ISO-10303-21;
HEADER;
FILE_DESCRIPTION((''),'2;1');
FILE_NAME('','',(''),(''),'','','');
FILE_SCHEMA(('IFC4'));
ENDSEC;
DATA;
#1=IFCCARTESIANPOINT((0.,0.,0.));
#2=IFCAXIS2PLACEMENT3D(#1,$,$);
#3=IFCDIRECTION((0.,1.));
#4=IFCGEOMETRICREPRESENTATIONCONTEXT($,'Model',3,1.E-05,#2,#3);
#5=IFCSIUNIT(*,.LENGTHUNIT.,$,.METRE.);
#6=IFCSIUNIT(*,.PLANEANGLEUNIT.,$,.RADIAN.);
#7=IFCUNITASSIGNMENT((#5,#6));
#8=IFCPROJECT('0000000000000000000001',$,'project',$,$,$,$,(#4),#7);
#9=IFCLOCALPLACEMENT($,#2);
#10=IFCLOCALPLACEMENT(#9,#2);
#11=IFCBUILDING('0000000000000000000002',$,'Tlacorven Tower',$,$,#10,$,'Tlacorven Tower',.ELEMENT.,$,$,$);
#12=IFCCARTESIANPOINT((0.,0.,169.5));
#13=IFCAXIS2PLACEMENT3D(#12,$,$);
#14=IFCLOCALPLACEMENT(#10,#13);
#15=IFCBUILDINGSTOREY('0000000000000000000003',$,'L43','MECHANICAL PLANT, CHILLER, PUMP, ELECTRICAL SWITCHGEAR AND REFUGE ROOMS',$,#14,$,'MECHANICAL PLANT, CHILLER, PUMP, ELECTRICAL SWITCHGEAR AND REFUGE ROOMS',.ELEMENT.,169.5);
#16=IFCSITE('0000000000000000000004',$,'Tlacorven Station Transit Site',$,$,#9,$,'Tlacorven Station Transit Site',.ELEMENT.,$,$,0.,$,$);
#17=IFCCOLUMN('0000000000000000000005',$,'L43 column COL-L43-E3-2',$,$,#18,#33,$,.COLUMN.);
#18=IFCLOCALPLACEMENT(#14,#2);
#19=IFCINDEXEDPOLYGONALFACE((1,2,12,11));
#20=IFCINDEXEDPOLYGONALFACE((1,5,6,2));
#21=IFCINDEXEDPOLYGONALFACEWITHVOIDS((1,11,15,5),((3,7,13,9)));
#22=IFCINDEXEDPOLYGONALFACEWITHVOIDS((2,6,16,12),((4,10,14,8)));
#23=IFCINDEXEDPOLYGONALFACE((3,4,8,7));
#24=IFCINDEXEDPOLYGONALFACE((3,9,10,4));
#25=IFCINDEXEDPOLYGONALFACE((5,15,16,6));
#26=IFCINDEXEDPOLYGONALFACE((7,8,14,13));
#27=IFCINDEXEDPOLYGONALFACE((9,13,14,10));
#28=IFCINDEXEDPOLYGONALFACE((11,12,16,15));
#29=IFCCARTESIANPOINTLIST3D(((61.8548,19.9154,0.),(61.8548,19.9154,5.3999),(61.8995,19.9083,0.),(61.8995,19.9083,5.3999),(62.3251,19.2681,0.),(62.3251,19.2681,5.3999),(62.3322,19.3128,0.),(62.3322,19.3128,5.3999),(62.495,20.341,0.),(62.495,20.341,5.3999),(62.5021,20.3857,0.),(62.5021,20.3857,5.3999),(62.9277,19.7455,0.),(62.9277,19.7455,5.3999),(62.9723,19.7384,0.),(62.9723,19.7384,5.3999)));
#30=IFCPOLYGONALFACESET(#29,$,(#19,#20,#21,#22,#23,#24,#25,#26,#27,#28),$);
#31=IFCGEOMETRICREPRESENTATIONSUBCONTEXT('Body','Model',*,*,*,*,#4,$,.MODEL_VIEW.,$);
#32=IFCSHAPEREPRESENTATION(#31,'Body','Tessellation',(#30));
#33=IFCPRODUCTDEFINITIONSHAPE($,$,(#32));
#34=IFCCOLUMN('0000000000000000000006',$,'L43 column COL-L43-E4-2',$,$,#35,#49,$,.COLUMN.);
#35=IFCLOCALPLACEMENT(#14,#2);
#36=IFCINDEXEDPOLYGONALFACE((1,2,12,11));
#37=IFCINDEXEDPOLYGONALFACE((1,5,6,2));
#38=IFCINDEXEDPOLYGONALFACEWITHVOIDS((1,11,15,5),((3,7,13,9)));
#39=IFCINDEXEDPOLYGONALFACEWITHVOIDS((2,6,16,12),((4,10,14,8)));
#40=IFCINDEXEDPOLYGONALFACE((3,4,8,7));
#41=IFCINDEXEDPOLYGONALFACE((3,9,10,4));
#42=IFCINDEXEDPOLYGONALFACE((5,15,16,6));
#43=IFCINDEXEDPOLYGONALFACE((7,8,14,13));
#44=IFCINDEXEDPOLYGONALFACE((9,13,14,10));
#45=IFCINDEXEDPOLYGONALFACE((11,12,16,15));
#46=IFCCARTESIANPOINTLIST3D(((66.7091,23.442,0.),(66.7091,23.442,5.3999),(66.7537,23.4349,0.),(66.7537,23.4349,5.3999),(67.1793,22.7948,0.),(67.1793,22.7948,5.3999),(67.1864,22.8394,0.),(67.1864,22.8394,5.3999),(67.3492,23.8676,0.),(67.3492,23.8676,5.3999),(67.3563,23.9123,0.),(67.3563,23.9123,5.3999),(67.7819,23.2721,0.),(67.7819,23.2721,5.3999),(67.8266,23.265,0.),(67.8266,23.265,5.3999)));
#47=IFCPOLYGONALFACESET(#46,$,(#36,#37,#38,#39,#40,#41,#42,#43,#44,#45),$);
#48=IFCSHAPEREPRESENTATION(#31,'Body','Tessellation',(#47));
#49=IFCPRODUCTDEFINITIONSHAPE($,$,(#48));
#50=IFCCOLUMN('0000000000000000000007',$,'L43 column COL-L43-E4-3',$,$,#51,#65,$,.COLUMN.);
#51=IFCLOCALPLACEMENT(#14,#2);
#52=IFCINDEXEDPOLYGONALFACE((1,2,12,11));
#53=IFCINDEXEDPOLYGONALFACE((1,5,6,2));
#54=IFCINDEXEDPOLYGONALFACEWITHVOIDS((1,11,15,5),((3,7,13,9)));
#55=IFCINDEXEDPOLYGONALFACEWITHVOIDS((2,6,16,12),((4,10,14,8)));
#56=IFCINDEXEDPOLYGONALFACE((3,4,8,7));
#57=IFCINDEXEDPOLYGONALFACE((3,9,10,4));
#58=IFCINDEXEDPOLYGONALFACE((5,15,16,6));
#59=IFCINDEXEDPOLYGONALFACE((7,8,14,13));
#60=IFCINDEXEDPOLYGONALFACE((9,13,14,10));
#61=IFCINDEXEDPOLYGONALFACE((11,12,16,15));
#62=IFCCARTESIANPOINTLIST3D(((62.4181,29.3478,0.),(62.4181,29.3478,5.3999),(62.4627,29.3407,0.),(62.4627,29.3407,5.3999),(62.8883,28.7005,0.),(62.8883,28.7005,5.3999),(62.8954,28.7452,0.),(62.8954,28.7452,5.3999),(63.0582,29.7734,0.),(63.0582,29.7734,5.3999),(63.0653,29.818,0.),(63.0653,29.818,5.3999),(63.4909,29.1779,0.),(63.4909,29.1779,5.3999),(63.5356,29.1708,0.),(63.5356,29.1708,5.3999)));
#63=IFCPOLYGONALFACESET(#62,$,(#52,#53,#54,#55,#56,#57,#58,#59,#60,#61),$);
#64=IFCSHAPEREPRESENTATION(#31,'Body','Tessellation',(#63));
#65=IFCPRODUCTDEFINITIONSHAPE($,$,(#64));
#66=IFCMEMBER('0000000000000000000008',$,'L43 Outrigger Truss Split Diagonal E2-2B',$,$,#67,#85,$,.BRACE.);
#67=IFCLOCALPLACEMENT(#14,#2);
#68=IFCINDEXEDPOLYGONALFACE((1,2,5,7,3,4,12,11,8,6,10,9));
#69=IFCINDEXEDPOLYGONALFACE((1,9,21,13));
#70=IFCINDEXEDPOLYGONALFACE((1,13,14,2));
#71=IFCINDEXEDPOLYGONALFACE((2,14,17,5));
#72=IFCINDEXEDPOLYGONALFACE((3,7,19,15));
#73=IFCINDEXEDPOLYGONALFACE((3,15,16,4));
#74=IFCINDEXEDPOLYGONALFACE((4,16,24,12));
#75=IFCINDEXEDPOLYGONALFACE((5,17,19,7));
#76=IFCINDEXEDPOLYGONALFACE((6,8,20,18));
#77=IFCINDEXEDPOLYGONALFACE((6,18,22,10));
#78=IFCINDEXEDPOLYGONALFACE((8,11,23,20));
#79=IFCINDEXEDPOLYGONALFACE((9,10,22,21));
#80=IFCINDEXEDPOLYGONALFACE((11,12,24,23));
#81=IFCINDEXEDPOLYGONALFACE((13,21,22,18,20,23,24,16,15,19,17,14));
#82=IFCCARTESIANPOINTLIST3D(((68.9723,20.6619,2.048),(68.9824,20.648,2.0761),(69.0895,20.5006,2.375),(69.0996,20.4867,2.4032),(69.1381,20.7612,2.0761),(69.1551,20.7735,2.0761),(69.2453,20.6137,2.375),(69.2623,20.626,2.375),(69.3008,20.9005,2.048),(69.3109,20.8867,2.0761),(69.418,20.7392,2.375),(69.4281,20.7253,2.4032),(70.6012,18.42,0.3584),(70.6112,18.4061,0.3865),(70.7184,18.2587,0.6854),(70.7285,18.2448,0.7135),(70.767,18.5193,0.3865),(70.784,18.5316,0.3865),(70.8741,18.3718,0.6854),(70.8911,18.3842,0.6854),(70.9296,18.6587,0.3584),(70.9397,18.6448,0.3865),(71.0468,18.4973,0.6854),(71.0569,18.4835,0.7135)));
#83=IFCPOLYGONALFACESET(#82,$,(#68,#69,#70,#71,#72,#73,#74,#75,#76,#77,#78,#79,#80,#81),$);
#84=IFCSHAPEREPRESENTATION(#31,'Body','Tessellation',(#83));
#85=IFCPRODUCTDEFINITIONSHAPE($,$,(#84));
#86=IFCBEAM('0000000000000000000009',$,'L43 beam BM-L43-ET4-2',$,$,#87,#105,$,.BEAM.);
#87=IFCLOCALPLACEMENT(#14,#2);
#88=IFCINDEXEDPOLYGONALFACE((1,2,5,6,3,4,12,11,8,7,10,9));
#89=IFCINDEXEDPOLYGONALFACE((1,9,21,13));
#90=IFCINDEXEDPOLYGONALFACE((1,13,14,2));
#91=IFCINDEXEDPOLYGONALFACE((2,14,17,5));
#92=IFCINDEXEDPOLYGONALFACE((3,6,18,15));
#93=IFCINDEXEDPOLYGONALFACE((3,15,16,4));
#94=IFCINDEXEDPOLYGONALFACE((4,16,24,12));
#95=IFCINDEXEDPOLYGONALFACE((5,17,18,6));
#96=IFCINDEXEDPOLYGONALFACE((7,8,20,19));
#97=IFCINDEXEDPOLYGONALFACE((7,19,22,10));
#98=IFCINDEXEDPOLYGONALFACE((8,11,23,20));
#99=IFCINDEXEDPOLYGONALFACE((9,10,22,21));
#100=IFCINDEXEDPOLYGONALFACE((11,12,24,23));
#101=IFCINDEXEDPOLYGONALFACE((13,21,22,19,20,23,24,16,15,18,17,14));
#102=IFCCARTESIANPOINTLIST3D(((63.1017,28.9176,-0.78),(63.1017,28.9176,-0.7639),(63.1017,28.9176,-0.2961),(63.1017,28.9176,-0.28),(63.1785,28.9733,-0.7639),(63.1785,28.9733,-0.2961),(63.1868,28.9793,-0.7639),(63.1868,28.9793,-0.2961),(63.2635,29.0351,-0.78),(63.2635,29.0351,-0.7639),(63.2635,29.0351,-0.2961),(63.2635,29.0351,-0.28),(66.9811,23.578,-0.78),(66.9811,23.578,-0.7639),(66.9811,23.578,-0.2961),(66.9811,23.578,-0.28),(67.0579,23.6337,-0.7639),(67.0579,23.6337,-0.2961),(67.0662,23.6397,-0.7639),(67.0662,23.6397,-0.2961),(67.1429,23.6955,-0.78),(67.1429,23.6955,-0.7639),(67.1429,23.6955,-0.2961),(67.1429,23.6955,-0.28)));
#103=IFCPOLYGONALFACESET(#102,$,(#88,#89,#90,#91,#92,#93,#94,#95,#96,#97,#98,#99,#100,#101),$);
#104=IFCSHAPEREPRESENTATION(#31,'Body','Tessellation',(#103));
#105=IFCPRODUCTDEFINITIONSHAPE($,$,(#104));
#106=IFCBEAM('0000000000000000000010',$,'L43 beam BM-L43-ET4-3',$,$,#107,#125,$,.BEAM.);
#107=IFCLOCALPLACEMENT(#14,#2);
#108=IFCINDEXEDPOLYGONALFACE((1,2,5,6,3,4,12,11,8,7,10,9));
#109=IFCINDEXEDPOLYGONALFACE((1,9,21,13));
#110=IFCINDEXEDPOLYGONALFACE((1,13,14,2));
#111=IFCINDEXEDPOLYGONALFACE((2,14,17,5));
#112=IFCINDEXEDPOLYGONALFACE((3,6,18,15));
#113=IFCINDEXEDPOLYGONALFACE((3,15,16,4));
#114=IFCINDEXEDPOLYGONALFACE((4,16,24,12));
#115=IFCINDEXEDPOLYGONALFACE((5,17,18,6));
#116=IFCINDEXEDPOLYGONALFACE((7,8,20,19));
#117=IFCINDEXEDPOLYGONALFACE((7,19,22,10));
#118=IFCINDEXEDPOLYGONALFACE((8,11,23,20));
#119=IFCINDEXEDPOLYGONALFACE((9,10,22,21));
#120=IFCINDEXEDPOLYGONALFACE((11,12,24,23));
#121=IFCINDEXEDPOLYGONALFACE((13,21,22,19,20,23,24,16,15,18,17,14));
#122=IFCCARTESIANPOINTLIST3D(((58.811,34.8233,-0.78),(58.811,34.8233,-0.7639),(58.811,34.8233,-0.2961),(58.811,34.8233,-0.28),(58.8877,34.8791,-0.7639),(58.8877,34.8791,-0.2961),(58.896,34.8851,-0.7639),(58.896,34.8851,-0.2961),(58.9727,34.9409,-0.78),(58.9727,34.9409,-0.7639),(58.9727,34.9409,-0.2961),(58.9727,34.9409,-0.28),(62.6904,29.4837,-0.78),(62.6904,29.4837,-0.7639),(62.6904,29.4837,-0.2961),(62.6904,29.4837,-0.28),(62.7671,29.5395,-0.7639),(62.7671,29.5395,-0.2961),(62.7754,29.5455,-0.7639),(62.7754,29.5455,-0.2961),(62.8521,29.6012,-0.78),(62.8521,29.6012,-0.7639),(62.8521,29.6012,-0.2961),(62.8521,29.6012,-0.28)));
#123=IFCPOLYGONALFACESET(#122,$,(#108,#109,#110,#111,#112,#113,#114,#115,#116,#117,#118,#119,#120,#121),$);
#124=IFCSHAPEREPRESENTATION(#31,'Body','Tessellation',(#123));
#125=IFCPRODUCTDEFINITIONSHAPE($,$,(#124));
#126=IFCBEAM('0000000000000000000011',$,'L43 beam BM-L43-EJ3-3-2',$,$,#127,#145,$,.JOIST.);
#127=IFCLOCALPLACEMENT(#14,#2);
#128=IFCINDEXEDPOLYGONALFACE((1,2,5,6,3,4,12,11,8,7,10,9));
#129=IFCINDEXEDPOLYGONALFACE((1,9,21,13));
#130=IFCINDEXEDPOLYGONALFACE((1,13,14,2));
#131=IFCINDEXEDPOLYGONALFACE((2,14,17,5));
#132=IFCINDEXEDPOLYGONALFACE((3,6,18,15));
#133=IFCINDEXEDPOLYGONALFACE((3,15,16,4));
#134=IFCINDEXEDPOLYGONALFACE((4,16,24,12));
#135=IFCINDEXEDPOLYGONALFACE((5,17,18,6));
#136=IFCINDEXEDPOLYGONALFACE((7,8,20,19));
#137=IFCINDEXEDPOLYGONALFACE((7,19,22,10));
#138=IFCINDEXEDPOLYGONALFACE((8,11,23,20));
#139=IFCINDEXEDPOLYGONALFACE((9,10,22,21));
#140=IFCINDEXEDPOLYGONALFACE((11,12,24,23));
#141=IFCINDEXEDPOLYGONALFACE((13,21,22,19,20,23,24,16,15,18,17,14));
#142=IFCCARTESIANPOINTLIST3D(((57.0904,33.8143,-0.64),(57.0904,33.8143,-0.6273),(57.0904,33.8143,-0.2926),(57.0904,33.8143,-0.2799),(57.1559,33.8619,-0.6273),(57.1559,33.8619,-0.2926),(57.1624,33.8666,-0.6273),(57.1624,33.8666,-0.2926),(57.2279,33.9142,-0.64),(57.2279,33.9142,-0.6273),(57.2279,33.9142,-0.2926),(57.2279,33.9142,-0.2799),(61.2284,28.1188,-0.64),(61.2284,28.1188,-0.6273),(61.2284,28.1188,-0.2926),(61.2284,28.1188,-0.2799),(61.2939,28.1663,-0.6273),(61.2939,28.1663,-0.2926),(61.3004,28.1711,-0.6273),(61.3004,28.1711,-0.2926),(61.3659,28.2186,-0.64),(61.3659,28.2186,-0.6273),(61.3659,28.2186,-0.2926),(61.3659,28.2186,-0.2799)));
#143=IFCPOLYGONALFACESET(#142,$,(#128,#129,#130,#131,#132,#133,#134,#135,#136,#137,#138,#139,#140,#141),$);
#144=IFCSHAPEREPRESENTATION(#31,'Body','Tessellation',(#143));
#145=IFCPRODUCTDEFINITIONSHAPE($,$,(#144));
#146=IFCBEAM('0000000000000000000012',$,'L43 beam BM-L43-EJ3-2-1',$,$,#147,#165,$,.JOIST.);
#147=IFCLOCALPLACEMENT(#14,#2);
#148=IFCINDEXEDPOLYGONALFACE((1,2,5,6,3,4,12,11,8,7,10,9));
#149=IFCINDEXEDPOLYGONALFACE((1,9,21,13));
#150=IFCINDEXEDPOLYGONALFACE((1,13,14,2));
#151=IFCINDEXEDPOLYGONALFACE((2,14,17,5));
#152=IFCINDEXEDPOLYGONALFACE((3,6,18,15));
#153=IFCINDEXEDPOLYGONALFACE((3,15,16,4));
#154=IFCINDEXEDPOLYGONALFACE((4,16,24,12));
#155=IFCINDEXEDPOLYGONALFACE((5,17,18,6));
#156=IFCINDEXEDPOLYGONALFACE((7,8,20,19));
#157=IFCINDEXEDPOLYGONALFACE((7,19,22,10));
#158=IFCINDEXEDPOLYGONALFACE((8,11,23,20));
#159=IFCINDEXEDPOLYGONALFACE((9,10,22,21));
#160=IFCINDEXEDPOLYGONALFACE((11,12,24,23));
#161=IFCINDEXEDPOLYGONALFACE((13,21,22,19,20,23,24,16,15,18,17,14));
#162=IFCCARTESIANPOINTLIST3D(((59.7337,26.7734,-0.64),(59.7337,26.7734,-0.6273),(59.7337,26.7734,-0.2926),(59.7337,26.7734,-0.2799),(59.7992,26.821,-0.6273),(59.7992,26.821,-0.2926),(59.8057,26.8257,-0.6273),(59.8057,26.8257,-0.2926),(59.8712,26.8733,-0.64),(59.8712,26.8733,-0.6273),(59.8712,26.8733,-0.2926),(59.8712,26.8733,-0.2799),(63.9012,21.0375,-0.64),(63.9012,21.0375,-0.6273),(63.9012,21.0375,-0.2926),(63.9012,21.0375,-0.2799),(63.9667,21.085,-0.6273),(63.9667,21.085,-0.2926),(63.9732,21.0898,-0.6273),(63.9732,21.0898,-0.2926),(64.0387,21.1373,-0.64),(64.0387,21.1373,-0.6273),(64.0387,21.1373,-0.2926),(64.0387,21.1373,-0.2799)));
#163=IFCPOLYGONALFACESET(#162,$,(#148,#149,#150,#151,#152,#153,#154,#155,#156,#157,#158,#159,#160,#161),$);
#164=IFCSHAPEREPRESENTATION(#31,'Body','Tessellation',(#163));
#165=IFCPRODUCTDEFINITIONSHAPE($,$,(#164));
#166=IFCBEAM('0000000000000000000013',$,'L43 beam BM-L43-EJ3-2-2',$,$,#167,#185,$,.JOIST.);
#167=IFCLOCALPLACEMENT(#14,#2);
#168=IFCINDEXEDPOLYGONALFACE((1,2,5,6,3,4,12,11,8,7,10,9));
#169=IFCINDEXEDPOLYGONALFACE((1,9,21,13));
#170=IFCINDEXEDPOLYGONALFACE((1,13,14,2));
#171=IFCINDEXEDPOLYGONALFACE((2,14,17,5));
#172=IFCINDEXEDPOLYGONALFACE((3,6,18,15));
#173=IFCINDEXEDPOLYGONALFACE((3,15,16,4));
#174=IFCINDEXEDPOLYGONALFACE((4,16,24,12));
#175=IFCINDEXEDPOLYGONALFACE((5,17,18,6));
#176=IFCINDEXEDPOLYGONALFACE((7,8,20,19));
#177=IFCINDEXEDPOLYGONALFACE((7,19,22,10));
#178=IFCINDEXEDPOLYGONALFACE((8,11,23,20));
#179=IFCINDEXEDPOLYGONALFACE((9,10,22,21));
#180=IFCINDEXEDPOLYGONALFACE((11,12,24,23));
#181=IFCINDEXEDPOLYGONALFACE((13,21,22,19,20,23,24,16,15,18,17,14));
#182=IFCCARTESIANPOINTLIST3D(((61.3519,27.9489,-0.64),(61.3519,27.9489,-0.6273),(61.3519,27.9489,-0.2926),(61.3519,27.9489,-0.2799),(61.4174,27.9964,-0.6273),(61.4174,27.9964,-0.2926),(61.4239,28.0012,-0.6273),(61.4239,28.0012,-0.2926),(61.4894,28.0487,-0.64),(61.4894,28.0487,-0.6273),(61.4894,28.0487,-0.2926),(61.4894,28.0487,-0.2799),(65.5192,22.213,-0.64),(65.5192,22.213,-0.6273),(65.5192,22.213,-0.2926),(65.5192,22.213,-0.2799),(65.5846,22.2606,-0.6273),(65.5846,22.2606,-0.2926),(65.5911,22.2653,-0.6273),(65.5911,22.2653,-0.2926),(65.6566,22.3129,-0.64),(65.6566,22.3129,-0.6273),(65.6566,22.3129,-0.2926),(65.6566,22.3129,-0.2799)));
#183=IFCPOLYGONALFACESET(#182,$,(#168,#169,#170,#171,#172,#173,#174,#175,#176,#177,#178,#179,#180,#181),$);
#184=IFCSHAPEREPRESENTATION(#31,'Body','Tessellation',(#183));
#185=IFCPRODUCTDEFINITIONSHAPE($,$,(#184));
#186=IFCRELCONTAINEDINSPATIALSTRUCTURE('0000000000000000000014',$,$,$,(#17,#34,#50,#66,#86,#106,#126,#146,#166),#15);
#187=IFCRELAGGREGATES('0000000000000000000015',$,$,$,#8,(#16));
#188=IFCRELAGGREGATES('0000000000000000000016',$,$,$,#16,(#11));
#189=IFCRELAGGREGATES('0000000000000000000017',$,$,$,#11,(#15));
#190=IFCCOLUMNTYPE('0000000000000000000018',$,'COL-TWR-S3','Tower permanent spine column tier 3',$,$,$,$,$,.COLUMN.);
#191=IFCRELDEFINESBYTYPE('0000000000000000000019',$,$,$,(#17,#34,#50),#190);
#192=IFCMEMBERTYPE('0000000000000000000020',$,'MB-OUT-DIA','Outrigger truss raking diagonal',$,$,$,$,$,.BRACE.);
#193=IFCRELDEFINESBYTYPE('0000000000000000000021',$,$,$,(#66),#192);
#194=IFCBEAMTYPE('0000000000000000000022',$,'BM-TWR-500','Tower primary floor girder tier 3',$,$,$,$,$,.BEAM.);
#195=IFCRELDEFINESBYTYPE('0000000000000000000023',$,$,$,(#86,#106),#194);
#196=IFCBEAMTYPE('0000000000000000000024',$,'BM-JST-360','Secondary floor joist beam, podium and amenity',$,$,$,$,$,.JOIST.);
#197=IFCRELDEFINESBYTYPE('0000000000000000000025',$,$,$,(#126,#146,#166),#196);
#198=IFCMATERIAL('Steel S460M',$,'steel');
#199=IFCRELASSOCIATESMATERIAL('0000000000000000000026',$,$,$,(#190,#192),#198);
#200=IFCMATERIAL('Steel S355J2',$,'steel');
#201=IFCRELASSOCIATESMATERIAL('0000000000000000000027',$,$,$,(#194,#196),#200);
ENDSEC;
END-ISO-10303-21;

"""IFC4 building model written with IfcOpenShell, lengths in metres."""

from ifc_helpers import new_model, si_unit, direction, frame, origin, origin_2d, place, context, subcontext, project, spatial, hollow_rectangle, i_section, extrude, source, transform, mapped, material, material_profile, profile_set, type_object, element, save


model = new_model("IFC4")

# Units and contexts
model_context = context("Model", 3, precision=1e-05, world=origin(), true_north=direction((0.0, 1.0)))
body_context = subcontext(model_context, "Body", "Model", "MODEL_VIEW")
ifc_project = project(units=[si_unit("LENGTHUNIT", "METRE"), si_unit("PLANEANGLEUNIT", "RADIAN")], contexts=[model_context])

# Site, building, storey
site_placement = place(None, origin())
site = spatial("IfcSite", under=ifc_project, at=site_placement, Name="Tlacorven Station Transit Site", LongName="Tlacorven Station Transit Site", CompositionType="ELEMENT", RefElevation=0.0)
building_placement = place(site_placement, origin())
building = spatial("IfcBuilding", under=site, at=building_placement, Name="Tlacorven Tower", LongName="Tlacorven Tower", CompositionType="ELEMENT")
storey_placement = place(building_placement, frame((0.0, 0.0, 169.5)))
storey = spatial("IfcBuildingStorey", under=building, at=storey_placement, Name="L43", Description="MECHANICAL PLANT, CHILLER, PUMP, ELECTRICAL SWITCHGEAR AND REFUGE ROOMS", LongName="MECHANICAL PLANT, CHILLER, PUMP, ELECTRICAL SWITCHGEAR AND REFUGE ROOMS", CompositionType="ELEMENT", Elevation=169.5)

# Columns
ifc_material_1 = material(Name="Steel S460M", Category="steel")
ifc_material_profile_1 = material_profile(ifc_material_1, hollow_rectangle(XDim=0.8, YDim=0.8, WallThickness=0.032, at=origin_2d()), Name="BOX 800X800X32")
ifc_profile_set_1 = profile_set([ifc_material_profile_1], Name="Steel S460M")
column_type = type_object("IfcColumnType", Name="COL-TWR-S3", Description="Tower permanent spine column tier 3", PredefinedType="COLUMN", material=ifc_profile_set_1)
shared_shape_1 = source(origin(), body_context, "Body", "SweptSolid", [
    extrude(hollow_rectangle(XDim=0.8, YDim=0.8, WallThickness=0.032, at=origin_2d()), origin(), (0.0, 0.0, 1.0), 5.3999),
])
for number, where, z_axis, x_axis, name in (
    (1, (62.4136, 19.8269, 0.0), (0.0, 0.0, 1.0), (0.809017, 0.587785, 0.0), "L43 column COL-L43-E3-2"),
    (2, (67.2678, 23.3535, 0.0), (0.0, 0.0, 1.0), (0.809017, 0.587785, 0.0), "L43 column COL-L43-E4-2"),
    (3, (62.9768, 29.2593, 0.0), (0.0, 0.0, 1.0), (0.809017, 0.587785, 0.0), "L43 column COL-L43-E4-3"),
):
    element("IfcColumn", number, at=place(storey_placement, frame(where, z_axis=z_axis, x_axis=x_axis)), inside=storey, type_object=column_type, Name=name, PredefinedType="COLUMN", context=body_context, shape_type="MappedRepresentation", body=[
        mapped(shared_shape_1, transform((0.0, 0.0, 0.0), scale=1.0)),
    ])

# Member
ifc_material_profile_2 = material_profile(ifc_material_1, i_section(OverallWidth=0.406, OverallDepth=0.416, WebThickness=0.021, FlangeThickness=0.033, at=origin_2d()), Name="HD 400X382")
ifc_profile_set_2 = profile_set([ifc_material_profile_2], Name="Steel S460M")
member_type_1 = type_object("IfcMemberType", Name="MB-OUT-DIA", Description="Outrigger truss raking diagonal", PredefinedType="BRACE", material=ifc_profile_set_2)
shared_shape_2 = source(origin(), body_context, "Body", "SweptSolid", [
    extrude(i_section(OverallWidth=0.406, OverallDepth=0.416, WebThickness=0.021, FlangeThickness=0.033, at=origin_2d()), origin(), (0.0, 0.0, 1.0), 3.2456),
])
member_1_placement = place(storey_placement, frame((69.2002, 20.6936, 2.2256), z_axis=(0.501862, -0.690738, -0.520592), x_axis=(0.80901, 0.587794, 0.0)))
element("IfcMember", 4, at=member_1_placement, inside=storey, type_object=member_type_1, Name="L43 Outrigger Truss Split Diagonal E2-2B", PredefinedType="BRACE", context=body_context, shape_type="MappedRepresentation", body=[
    mapped(shared_shape_2, transform((0.0, 0.0, 0.0), scale=1.0)),
])

# Beams
ifc_material_2 = material(Name="Steel S355J2", Category="steel")
ifc_material_profile_3 = material_profile(ifc_material_2, i_section(OverallWidth=0.2, OverallDepth=0.5, WebThickness=0.0103, FlangeThickness=0.0161, at=origin_2d()), Name="IPE 500")
ifc_profile_set_3 = profile_set([ifc_material_profile_3], Name="Steel S355J2")
beam_type_1 = type_object("IfcBeamType", Name="BM-TWR-500", Description="Tower primary floor girder tier 3", PredefinedType="BEAM", material=ifc_profile_set_3)
shared_shape_3 = source(origin(), body_context, "Body", "SweptSolid", [
    extrude(i_section(OverallWidth=0.2, OverallDepth=0.5, WebThickness=0.0103, FlangeThickness=0.0161, at=origin_2d()), origin(), (0.0, 0.0, 1.0), 6.6001),
])
for number, where, z_axis, x_axis, name in (
    (5, (67.062, 23.6367, -0.53), (-0.58778, 0.809021, 0.0), (-0.809021, -0.58778, 0.0), "L43 beam BM-L43-ET4-2"),
    (6, (62.7712, 29.5425, -0.53), (-0.58778, 0.809021, 0.0), (-0.809021, -0.58778, 0.0), "L43 beam BM-L43-ET4-3"),
):
    element("IfcBeam", number, at=place(storey_placement, frame(where, z_axis=z_axis, x_axis=x_axis)), inside=storey, type_object=beam_type_1, Name=name, PredefinedType="BEAM", context=body_context, shape_type="MappedRepresentation", body=[
        mapped(shared_shape_3, transform((0.0, 0.0, 0.0), scale=1.0)),
    ])
ifc_material_profile_4 = material_profile(ifc_material_2, i_section(OverallWidth=0.1699, OverallDepth=0.3601, WebThickness=0.0081, FlangeThickness=0.0127, at=origin_2d()), Name="IPE 360")
ifc_profile_set_4 = profile_set([ifc_material_profile_4], Name="Steel S355J2")
beam_type_2 = type_object("IfcBeamType", Name="BM-JST-360", Description="Secondary floor joist beam, podium and amenity", PredefinedType="JOIST", material=ifc_profile_set_4)
shared_shape_4 = source(origin(), body_context, "Body", "SweptSolid", [
    extrude(i_section(OverallWidth=0.1699, OverallDepth=0.3601, WebThickness=0.0081, FlangeThickness=0.0127, at=origin_2d()), origin(), (0.0, 0.0, 1.0), 7.04),
])
beam_1_placement = place(storey_placement, frame((61.2971, 28.1687, -0.46), z_axis=(-0.587774, 0.809025, 0.0), x_axis=(-0.809025, -0.587774, 0.0)))
element("IfcBeam", 7, at=beam_1_placement, inside=storey, type_object=beam_type_2, Name="L43 beam BM-L43-EJ3-3-2", PredefinedType="JOIST", context=body_context, shape_type="MappedRepresentation", body=[
    mapped(shared_shape_4, transform((0.0, 0.0, 0.0), scale=1.0)),
])
shared_shape_5 = source(origin(), body_context, "Body", "SweptSolid", [
    extrude(i_section(OverallWidth=0.1699, OverallDepth=0.3601, WebThickness=0.0081, FlangeThickness=0.0127, at=origin_2d()), origin(), (0.0, 0.0, 1.0), 7.0901),
])
beam_2_placement = place(storey_placement, frame((63.97, 21.0874, -0.46), z_axis=(-0.587799, 0.809007, 0.0), x_axis=(-0.809007, -0.587799, 0.0)))
element("IfcBeam", 8, at=beam_2_placement, inside=storey, type_object=beam_type_2, Name="L43 beam BM-L43-EJ3-2-1", PredefinedType="JOIST", context=body_context, shape_type="MappedRepresentation", body=[
    mapped(shared_shape_5, transform((0.0, 0.0, 0.0), scale=1.0)),
])
shared_shape_6 = source(origin(), body_context, "Body", "SweptSolid", [
    extrude(i_section(OverallWidth=0.1699, OverallDepth=0.3601, WebThickness=0.0081, FlangeThickness=0.0127, at=origin_2d()), origin(), (0.0, 0.0, 1.0), 7.0898),
])
beam_3_placement = place(storey_placement, frame((65.5879, 22.2629, -0.46), z_axis=(-0.587776, 0.809023, 0.0), x_axis=(-0.809023, -0.587776, 0.0)))
element("IfcBeam", 9, at=beam_3_placement, inside=storey, type_object=beam_type_2, Name="L43 beam BM-L43-EJ3-2-2", PredefinedType="JOIST", context=body_context, shape_type="MappedRepresentation", body=[
    mapped(shared_shape_6, transform((0.0, 0.0, 0.0), scale=1.0)),
])

save(model, "model.ifc")
